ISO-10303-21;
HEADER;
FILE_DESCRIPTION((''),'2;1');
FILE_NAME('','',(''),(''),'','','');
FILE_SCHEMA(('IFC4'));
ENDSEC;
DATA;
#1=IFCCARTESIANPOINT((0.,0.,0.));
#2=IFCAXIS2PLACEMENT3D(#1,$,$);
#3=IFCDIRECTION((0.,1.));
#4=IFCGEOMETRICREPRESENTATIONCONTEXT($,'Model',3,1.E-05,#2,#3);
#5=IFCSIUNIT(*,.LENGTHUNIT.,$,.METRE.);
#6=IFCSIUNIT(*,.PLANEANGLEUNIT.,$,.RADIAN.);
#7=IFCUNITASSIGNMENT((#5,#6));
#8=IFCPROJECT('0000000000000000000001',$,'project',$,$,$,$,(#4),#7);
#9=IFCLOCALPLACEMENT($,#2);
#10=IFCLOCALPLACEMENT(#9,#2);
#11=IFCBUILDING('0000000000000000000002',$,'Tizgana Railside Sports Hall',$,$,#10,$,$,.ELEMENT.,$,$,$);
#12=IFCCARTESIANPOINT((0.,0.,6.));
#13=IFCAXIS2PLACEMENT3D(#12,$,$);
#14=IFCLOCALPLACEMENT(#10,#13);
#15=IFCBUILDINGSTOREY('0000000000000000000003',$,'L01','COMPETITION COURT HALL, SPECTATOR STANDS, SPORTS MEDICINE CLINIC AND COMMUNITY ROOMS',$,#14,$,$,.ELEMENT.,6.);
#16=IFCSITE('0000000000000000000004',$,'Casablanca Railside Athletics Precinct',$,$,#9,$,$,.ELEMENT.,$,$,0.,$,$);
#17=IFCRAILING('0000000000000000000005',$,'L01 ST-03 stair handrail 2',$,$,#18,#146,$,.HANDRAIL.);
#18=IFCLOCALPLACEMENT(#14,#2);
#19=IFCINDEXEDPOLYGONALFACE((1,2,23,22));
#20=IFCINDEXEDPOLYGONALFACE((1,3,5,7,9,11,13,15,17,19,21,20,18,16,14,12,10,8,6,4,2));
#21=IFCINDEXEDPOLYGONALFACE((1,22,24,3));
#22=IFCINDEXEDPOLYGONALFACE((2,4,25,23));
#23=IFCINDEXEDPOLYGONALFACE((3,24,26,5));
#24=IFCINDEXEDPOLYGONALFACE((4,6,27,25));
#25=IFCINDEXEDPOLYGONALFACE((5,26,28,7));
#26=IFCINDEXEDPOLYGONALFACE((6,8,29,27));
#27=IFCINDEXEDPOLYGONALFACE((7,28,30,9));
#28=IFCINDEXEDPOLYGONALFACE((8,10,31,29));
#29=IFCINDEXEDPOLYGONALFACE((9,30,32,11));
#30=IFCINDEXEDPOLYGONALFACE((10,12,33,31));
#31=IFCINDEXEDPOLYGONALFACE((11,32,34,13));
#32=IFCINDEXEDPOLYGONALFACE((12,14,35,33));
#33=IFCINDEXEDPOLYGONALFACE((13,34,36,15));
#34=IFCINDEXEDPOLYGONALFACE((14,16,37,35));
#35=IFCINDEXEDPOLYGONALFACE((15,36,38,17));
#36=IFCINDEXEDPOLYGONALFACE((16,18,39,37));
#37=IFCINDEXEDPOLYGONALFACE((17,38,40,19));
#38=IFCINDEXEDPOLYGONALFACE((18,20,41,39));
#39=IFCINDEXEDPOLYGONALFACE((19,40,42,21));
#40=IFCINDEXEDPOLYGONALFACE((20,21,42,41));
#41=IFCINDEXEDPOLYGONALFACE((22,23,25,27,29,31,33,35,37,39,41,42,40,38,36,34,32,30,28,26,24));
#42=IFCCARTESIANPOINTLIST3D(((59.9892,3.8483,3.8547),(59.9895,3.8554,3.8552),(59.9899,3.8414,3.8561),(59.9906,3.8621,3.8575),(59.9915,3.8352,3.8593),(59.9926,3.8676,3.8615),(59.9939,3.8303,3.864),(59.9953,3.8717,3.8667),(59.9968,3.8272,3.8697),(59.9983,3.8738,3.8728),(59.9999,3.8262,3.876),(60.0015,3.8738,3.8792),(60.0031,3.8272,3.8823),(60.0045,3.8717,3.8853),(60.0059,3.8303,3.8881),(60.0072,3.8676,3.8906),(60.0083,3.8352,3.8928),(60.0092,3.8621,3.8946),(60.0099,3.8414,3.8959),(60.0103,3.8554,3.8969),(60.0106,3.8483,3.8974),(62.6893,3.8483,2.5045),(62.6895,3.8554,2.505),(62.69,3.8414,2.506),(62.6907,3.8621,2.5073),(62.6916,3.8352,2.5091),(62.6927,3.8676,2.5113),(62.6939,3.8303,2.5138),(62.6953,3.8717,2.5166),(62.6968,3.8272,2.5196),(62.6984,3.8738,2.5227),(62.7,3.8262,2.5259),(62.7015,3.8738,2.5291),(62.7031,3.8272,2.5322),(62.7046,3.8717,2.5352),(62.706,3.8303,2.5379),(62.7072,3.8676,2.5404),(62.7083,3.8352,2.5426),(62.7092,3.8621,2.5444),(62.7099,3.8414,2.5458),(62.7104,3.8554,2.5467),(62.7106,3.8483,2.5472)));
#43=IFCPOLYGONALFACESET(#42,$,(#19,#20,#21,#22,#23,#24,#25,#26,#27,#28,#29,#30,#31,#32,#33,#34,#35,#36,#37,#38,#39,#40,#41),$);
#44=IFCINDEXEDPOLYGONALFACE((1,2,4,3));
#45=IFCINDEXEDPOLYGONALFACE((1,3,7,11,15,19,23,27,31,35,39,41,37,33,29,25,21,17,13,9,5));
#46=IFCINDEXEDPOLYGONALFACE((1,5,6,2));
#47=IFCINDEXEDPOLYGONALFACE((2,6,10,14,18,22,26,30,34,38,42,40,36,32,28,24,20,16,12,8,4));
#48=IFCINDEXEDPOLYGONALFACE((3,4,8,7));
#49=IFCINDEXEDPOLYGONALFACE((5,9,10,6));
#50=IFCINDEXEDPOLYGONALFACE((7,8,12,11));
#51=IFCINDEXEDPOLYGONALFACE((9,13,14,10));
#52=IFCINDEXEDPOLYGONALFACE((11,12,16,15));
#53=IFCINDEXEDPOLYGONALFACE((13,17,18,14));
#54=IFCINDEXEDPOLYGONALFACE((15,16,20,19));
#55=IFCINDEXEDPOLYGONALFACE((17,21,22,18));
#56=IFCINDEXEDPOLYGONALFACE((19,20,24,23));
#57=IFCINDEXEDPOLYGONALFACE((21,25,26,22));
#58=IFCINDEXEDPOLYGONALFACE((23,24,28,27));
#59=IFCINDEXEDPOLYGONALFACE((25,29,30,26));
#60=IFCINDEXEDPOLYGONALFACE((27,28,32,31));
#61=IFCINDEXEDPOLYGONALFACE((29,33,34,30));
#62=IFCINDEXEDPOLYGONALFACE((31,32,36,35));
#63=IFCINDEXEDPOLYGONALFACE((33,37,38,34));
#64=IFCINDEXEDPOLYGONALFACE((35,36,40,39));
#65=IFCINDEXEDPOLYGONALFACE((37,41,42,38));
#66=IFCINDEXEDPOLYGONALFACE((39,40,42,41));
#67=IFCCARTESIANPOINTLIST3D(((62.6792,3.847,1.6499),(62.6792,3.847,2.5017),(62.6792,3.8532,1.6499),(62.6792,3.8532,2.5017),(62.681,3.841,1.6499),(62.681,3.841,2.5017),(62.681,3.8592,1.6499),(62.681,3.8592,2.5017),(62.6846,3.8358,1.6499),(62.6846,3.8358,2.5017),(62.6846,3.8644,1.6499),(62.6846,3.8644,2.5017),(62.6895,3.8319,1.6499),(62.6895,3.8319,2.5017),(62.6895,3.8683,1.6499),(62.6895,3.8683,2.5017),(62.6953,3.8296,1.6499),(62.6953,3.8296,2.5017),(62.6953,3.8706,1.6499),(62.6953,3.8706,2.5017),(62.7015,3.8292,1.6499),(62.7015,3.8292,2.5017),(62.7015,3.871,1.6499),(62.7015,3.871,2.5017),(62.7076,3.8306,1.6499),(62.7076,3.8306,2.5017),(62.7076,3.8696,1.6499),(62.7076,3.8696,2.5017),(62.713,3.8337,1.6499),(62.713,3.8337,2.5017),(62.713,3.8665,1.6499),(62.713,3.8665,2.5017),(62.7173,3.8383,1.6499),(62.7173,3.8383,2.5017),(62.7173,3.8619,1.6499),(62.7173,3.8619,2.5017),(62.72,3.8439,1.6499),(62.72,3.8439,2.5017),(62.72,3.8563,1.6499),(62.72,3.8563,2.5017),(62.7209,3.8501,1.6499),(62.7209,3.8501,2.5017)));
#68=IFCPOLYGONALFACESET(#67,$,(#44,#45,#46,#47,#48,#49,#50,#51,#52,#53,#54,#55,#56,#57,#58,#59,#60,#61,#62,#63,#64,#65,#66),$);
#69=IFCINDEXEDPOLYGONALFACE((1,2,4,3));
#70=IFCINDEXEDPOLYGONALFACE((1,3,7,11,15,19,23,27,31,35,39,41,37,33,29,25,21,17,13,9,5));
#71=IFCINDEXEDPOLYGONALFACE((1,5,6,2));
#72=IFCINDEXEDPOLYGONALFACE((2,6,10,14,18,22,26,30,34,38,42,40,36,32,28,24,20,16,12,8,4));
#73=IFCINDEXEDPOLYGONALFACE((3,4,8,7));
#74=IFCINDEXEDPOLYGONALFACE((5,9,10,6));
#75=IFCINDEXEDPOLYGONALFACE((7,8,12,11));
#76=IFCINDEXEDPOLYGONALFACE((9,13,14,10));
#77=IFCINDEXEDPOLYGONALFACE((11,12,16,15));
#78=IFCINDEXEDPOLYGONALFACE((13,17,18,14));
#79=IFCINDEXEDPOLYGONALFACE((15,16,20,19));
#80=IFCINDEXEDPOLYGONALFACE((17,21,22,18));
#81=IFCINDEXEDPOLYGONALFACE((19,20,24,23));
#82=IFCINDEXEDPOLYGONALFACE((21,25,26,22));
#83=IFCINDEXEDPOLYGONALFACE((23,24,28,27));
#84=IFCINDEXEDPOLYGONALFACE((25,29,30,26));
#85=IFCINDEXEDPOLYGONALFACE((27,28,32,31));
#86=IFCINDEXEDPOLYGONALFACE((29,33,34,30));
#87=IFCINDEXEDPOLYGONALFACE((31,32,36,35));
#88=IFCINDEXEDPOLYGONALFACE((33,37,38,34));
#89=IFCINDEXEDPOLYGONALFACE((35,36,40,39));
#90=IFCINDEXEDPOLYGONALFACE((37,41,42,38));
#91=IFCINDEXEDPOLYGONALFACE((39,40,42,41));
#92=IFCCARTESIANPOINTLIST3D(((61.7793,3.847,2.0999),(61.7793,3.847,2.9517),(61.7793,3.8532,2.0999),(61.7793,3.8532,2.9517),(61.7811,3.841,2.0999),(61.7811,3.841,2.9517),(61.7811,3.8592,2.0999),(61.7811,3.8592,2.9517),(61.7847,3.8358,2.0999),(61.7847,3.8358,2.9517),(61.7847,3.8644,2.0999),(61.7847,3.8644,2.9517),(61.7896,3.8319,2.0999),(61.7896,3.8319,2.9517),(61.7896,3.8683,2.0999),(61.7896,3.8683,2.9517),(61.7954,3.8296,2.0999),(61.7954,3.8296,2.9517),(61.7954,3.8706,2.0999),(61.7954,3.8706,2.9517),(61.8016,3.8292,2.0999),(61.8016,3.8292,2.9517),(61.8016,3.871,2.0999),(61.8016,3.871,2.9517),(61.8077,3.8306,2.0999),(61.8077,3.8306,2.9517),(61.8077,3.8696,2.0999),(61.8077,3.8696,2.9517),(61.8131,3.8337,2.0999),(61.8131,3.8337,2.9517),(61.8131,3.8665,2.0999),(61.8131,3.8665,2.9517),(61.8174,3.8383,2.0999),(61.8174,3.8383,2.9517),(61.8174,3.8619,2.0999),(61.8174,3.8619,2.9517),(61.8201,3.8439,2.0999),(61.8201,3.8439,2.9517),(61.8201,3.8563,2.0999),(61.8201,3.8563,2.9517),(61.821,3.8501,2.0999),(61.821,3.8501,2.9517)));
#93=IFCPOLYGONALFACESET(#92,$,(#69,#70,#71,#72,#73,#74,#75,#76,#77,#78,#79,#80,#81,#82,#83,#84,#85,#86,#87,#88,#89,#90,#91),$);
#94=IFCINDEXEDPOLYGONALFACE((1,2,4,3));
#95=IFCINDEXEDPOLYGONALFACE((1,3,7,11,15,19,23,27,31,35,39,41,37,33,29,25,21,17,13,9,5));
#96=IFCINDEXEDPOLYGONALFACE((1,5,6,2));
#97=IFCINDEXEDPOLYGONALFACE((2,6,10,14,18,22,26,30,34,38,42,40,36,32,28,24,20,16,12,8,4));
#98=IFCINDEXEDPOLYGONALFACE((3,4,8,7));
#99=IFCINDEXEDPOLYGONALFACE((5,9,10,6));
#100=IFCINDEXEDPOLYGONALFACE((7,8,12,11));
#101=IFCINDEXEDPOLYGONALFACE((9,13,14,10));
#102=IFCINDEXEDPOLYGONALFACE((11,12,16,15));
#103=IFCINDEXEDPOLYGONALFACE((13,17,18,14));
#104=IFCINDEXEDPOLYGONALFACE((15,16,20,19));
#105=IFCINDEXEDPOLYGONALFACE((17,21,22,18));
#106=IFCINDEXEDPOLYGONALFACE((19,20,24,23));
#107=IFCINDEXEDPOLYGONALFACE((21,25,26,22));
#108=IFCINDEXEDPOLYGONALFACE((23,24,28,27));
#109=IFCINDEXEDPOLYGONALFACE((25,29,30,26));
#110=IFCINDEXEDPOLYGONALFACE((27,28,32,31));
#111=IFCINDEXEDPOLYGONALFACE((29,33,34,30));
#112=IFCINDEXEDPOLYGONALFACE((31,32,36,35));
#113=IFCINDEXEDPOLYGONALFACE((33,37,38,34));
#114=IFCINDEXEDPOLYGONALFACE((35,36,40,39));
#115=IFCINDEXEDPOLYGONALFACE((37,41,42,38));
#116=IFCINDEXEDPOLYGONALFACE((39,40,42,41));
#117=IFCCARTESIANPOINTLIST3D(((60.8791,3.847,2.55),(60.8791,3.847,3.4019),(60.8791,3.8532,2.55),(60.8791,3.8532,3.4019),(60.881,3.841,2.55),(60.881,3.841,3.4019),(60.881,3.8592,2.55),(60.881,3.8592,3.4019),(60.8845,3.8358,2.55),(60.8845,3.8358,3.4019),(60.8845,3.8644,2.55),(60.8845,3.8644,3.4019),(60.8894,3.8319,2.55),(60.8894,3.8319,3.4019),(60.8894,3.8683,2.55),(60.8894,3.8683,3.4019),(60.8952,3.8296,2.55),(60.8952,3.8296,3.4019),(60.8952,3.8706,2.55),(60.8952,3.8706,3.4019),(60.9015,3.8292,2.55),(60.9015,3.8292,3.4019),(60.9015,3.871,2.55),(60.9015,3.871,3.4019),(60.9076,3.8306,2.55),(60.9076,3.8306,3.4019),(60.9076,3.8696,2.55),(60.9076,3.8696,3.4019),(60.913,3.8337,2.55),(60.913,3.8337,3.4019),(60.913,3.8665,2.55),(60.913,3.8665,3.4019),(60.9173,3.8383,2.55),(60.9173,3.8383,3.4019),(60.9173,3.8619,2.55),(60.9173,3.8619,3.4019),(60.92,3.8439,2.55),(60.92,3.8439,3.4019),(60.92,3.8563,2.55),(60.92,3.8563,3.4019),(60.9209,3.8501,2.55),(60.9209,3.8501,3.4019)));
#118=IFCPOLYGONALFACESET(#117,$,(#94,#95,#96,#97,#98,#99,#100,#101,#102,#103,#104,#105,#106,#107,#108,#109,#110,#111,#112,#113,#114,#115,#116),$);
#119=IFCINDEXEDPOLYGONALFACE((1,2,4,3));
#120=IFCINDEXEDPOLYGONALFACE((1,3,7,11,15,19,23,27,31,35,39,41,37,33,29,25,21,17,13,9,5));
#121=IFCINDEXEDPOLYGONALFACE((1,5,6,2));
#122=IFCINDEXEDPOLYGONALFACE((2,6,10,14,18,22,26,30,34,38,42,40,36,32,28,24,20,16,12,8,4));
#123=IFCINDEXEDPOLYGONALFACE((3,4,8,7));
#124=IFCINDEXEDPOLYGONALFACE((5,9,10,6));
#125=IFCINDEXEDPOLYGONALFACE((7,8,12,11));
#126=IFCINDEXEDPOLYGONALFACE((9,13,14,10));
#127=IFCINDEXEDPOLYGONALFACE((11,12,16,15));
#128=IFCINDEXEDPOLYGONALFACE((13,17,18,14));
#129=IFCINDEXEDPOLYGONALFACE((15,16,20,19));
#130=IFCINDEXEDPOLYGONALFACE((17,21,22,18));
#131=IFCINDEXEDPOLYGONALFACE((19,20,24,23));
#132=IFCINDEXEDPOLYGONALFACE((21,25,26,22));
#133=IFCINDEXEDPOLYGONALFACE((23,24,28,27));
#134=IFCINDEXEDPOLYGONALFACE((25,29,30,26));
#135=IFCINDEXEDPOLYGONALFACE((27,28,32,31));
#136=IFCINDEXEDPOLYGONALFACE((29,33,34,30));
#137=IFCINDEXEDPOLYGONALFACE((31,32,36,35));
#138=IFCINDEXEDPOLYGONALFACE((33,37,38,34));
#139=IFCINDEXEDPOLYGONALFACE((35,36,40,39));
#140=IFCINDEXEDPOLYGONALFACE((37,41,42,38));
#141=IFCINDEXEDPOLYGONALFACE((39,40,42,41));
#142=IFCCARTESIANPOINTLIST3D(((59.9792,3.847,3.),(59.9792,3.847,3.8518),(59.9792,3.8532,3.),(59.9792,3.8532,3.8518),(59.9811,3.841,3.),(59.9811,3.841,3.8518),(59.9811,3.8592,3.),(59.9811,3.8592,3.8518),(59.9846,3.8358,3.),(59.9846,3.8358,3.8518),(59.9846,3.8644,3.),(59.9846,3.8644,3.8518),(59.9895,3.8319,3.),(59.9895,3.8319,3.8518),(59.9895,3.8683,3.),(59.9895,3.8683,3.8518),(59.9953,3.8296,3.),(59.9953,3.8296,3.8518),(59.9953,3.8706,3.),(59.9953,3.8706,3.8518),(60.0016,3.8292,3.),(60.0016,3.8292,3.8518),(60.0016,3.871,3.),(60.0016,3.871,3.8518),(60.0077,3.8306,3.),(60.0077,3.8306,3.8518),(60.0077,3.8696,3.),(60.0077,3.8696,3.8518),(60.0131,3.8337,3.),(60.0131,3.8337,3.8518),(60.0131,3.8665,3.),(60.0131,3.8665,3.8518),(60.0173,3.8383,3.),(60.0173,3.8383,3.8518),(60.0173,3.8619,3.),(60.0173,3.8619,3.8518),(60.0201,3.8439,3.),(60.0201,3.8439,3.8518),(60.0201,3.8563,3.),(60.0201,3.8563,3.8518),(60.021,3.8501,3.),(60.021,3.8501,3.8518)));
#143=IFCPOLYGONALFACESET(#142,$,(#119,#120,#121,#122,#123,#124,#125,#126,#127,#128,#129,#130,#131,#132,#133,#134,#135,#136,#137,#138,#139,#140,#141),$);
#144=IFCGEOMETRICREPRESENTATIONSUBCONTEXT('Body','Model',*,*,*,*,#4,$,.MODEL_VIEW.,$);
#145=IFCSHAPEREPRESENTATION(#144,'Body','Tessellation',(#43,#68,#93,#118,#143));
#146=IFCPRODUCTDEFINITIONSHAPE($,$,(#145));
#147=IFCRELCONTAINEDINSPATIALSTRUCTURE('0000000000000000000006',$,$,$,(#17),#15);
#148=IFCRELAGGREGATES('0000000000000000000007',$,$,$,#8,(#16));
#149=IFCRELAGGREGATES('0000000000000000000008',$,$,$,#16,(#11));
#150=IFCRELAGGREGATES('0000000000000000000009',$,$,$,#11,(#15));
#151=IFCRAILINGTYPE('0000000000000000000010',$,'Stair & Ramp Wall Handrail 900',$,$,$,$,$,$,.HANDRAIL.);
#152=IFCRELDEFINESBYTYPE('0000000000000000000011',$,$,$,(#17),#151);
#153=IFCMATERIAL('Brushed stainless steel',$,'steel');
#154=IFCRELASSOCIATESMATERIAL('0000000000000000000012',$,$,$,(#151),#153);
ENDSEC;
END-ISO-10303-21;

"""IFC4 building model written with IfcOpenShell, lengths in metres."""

from ifc_helpers import new_model, si_unit, direction, frame, origin, origin_2d, place, context, subcontext, project, spatial, circle, extrude, material, type_object, element, save


model = new_model("IFC4")

# Units and contexts
model_context = context("Model", 3, precision=1e-05, world=origin(), true_north=direction((0.0, 1.0)))
body_context = subcontext(model_context, "Body", "Model", "MODEL_VIEW")
ifc_project = project(units=[si_unit("LENGTHUNIT", "METRE"), si_unit("PLANEANGLEUNIT", "RADIAN")], contexts=[model_context])

# Site, building, storey
site_placement = place(None, origin())
site = spatial("IfcSite", under=ifc_project, at=site_placement, Name="Casablanca Railside Athletics Precinct", CompositionType="ELEMENT", RefElevation=0.0)
building_placement = place(site_placement, origin())
building = spatial("IfcBuilding", under=site, at=building_placement, Name="Tizgana Railside Sports Hall", CompositionType="ELEMENT")
storey_placement = place(building_placement, frame((0.0, 0.0, 6.0)))
storey = spatial("IfcBuildingStorey", under=building, at=storey_placement, Name="L01", Description="COMPETITION COURT HALL, SPECTATOR STANDS, SPORTS MEDICINE CLINIC AND COMMUNITY ROOMS", CompositionType="ELEMENT", Elevation=6.0)

# Shared definitions
ifc_material_1 = material(Name="Brushed stainless steel", Category="steel")

# Railing
railing_type_1 = type_object("IfcRailingType", Name="Stair & Ramp Wall Handrail 900", PredefinedType="HANDRAIL", material=ifc_material_1)
railing_1_placement = place(storey_placement, frame((62.7, 3.8501, 1.6499)))
element("IfcRailing", 1, at=railing_1_placement, inside=storey, type_object=railing_type_1, Name="L01 ST-03 stair handrail 2", PredefinedType="HANDRAIL", context=body_context, shape_type="SweptSolid", body=[
    extrude(circle(Radius=0.0239, at=origin_2d()), frame((0.0, 0.0, 0.876), z_axis=(-0.894411, 0.0, 0.447246), x_axis=(0.0, -1.0, 0.0)), (0.0, 0.0, 1.0), 3.0188),
    extrude(circle(Radius=0.021, at=origin_2d()), origin(), (0.0, 0.0, 1.0), 0.8518),
    extrude(circle(Radius=0.021, at=origin_2d()), frame((-0.8999, 0.0, 0.45)), (0.0, 0.0, 1.0), 0.8518),
    extrude(circle(Radius=0.021, at=origin_2d()), frame((-1.8, 0.0, 0.9001)), (0.0, 0.0, 1.0), 0.8518),
    extrude(circle(Radius=0.021, at=origin_2d()), frame((-2.7, 0.0, 1.3501)), (0.0, 0.0, 1.0), 0.8518),
])

save(model, "model.ifc")
